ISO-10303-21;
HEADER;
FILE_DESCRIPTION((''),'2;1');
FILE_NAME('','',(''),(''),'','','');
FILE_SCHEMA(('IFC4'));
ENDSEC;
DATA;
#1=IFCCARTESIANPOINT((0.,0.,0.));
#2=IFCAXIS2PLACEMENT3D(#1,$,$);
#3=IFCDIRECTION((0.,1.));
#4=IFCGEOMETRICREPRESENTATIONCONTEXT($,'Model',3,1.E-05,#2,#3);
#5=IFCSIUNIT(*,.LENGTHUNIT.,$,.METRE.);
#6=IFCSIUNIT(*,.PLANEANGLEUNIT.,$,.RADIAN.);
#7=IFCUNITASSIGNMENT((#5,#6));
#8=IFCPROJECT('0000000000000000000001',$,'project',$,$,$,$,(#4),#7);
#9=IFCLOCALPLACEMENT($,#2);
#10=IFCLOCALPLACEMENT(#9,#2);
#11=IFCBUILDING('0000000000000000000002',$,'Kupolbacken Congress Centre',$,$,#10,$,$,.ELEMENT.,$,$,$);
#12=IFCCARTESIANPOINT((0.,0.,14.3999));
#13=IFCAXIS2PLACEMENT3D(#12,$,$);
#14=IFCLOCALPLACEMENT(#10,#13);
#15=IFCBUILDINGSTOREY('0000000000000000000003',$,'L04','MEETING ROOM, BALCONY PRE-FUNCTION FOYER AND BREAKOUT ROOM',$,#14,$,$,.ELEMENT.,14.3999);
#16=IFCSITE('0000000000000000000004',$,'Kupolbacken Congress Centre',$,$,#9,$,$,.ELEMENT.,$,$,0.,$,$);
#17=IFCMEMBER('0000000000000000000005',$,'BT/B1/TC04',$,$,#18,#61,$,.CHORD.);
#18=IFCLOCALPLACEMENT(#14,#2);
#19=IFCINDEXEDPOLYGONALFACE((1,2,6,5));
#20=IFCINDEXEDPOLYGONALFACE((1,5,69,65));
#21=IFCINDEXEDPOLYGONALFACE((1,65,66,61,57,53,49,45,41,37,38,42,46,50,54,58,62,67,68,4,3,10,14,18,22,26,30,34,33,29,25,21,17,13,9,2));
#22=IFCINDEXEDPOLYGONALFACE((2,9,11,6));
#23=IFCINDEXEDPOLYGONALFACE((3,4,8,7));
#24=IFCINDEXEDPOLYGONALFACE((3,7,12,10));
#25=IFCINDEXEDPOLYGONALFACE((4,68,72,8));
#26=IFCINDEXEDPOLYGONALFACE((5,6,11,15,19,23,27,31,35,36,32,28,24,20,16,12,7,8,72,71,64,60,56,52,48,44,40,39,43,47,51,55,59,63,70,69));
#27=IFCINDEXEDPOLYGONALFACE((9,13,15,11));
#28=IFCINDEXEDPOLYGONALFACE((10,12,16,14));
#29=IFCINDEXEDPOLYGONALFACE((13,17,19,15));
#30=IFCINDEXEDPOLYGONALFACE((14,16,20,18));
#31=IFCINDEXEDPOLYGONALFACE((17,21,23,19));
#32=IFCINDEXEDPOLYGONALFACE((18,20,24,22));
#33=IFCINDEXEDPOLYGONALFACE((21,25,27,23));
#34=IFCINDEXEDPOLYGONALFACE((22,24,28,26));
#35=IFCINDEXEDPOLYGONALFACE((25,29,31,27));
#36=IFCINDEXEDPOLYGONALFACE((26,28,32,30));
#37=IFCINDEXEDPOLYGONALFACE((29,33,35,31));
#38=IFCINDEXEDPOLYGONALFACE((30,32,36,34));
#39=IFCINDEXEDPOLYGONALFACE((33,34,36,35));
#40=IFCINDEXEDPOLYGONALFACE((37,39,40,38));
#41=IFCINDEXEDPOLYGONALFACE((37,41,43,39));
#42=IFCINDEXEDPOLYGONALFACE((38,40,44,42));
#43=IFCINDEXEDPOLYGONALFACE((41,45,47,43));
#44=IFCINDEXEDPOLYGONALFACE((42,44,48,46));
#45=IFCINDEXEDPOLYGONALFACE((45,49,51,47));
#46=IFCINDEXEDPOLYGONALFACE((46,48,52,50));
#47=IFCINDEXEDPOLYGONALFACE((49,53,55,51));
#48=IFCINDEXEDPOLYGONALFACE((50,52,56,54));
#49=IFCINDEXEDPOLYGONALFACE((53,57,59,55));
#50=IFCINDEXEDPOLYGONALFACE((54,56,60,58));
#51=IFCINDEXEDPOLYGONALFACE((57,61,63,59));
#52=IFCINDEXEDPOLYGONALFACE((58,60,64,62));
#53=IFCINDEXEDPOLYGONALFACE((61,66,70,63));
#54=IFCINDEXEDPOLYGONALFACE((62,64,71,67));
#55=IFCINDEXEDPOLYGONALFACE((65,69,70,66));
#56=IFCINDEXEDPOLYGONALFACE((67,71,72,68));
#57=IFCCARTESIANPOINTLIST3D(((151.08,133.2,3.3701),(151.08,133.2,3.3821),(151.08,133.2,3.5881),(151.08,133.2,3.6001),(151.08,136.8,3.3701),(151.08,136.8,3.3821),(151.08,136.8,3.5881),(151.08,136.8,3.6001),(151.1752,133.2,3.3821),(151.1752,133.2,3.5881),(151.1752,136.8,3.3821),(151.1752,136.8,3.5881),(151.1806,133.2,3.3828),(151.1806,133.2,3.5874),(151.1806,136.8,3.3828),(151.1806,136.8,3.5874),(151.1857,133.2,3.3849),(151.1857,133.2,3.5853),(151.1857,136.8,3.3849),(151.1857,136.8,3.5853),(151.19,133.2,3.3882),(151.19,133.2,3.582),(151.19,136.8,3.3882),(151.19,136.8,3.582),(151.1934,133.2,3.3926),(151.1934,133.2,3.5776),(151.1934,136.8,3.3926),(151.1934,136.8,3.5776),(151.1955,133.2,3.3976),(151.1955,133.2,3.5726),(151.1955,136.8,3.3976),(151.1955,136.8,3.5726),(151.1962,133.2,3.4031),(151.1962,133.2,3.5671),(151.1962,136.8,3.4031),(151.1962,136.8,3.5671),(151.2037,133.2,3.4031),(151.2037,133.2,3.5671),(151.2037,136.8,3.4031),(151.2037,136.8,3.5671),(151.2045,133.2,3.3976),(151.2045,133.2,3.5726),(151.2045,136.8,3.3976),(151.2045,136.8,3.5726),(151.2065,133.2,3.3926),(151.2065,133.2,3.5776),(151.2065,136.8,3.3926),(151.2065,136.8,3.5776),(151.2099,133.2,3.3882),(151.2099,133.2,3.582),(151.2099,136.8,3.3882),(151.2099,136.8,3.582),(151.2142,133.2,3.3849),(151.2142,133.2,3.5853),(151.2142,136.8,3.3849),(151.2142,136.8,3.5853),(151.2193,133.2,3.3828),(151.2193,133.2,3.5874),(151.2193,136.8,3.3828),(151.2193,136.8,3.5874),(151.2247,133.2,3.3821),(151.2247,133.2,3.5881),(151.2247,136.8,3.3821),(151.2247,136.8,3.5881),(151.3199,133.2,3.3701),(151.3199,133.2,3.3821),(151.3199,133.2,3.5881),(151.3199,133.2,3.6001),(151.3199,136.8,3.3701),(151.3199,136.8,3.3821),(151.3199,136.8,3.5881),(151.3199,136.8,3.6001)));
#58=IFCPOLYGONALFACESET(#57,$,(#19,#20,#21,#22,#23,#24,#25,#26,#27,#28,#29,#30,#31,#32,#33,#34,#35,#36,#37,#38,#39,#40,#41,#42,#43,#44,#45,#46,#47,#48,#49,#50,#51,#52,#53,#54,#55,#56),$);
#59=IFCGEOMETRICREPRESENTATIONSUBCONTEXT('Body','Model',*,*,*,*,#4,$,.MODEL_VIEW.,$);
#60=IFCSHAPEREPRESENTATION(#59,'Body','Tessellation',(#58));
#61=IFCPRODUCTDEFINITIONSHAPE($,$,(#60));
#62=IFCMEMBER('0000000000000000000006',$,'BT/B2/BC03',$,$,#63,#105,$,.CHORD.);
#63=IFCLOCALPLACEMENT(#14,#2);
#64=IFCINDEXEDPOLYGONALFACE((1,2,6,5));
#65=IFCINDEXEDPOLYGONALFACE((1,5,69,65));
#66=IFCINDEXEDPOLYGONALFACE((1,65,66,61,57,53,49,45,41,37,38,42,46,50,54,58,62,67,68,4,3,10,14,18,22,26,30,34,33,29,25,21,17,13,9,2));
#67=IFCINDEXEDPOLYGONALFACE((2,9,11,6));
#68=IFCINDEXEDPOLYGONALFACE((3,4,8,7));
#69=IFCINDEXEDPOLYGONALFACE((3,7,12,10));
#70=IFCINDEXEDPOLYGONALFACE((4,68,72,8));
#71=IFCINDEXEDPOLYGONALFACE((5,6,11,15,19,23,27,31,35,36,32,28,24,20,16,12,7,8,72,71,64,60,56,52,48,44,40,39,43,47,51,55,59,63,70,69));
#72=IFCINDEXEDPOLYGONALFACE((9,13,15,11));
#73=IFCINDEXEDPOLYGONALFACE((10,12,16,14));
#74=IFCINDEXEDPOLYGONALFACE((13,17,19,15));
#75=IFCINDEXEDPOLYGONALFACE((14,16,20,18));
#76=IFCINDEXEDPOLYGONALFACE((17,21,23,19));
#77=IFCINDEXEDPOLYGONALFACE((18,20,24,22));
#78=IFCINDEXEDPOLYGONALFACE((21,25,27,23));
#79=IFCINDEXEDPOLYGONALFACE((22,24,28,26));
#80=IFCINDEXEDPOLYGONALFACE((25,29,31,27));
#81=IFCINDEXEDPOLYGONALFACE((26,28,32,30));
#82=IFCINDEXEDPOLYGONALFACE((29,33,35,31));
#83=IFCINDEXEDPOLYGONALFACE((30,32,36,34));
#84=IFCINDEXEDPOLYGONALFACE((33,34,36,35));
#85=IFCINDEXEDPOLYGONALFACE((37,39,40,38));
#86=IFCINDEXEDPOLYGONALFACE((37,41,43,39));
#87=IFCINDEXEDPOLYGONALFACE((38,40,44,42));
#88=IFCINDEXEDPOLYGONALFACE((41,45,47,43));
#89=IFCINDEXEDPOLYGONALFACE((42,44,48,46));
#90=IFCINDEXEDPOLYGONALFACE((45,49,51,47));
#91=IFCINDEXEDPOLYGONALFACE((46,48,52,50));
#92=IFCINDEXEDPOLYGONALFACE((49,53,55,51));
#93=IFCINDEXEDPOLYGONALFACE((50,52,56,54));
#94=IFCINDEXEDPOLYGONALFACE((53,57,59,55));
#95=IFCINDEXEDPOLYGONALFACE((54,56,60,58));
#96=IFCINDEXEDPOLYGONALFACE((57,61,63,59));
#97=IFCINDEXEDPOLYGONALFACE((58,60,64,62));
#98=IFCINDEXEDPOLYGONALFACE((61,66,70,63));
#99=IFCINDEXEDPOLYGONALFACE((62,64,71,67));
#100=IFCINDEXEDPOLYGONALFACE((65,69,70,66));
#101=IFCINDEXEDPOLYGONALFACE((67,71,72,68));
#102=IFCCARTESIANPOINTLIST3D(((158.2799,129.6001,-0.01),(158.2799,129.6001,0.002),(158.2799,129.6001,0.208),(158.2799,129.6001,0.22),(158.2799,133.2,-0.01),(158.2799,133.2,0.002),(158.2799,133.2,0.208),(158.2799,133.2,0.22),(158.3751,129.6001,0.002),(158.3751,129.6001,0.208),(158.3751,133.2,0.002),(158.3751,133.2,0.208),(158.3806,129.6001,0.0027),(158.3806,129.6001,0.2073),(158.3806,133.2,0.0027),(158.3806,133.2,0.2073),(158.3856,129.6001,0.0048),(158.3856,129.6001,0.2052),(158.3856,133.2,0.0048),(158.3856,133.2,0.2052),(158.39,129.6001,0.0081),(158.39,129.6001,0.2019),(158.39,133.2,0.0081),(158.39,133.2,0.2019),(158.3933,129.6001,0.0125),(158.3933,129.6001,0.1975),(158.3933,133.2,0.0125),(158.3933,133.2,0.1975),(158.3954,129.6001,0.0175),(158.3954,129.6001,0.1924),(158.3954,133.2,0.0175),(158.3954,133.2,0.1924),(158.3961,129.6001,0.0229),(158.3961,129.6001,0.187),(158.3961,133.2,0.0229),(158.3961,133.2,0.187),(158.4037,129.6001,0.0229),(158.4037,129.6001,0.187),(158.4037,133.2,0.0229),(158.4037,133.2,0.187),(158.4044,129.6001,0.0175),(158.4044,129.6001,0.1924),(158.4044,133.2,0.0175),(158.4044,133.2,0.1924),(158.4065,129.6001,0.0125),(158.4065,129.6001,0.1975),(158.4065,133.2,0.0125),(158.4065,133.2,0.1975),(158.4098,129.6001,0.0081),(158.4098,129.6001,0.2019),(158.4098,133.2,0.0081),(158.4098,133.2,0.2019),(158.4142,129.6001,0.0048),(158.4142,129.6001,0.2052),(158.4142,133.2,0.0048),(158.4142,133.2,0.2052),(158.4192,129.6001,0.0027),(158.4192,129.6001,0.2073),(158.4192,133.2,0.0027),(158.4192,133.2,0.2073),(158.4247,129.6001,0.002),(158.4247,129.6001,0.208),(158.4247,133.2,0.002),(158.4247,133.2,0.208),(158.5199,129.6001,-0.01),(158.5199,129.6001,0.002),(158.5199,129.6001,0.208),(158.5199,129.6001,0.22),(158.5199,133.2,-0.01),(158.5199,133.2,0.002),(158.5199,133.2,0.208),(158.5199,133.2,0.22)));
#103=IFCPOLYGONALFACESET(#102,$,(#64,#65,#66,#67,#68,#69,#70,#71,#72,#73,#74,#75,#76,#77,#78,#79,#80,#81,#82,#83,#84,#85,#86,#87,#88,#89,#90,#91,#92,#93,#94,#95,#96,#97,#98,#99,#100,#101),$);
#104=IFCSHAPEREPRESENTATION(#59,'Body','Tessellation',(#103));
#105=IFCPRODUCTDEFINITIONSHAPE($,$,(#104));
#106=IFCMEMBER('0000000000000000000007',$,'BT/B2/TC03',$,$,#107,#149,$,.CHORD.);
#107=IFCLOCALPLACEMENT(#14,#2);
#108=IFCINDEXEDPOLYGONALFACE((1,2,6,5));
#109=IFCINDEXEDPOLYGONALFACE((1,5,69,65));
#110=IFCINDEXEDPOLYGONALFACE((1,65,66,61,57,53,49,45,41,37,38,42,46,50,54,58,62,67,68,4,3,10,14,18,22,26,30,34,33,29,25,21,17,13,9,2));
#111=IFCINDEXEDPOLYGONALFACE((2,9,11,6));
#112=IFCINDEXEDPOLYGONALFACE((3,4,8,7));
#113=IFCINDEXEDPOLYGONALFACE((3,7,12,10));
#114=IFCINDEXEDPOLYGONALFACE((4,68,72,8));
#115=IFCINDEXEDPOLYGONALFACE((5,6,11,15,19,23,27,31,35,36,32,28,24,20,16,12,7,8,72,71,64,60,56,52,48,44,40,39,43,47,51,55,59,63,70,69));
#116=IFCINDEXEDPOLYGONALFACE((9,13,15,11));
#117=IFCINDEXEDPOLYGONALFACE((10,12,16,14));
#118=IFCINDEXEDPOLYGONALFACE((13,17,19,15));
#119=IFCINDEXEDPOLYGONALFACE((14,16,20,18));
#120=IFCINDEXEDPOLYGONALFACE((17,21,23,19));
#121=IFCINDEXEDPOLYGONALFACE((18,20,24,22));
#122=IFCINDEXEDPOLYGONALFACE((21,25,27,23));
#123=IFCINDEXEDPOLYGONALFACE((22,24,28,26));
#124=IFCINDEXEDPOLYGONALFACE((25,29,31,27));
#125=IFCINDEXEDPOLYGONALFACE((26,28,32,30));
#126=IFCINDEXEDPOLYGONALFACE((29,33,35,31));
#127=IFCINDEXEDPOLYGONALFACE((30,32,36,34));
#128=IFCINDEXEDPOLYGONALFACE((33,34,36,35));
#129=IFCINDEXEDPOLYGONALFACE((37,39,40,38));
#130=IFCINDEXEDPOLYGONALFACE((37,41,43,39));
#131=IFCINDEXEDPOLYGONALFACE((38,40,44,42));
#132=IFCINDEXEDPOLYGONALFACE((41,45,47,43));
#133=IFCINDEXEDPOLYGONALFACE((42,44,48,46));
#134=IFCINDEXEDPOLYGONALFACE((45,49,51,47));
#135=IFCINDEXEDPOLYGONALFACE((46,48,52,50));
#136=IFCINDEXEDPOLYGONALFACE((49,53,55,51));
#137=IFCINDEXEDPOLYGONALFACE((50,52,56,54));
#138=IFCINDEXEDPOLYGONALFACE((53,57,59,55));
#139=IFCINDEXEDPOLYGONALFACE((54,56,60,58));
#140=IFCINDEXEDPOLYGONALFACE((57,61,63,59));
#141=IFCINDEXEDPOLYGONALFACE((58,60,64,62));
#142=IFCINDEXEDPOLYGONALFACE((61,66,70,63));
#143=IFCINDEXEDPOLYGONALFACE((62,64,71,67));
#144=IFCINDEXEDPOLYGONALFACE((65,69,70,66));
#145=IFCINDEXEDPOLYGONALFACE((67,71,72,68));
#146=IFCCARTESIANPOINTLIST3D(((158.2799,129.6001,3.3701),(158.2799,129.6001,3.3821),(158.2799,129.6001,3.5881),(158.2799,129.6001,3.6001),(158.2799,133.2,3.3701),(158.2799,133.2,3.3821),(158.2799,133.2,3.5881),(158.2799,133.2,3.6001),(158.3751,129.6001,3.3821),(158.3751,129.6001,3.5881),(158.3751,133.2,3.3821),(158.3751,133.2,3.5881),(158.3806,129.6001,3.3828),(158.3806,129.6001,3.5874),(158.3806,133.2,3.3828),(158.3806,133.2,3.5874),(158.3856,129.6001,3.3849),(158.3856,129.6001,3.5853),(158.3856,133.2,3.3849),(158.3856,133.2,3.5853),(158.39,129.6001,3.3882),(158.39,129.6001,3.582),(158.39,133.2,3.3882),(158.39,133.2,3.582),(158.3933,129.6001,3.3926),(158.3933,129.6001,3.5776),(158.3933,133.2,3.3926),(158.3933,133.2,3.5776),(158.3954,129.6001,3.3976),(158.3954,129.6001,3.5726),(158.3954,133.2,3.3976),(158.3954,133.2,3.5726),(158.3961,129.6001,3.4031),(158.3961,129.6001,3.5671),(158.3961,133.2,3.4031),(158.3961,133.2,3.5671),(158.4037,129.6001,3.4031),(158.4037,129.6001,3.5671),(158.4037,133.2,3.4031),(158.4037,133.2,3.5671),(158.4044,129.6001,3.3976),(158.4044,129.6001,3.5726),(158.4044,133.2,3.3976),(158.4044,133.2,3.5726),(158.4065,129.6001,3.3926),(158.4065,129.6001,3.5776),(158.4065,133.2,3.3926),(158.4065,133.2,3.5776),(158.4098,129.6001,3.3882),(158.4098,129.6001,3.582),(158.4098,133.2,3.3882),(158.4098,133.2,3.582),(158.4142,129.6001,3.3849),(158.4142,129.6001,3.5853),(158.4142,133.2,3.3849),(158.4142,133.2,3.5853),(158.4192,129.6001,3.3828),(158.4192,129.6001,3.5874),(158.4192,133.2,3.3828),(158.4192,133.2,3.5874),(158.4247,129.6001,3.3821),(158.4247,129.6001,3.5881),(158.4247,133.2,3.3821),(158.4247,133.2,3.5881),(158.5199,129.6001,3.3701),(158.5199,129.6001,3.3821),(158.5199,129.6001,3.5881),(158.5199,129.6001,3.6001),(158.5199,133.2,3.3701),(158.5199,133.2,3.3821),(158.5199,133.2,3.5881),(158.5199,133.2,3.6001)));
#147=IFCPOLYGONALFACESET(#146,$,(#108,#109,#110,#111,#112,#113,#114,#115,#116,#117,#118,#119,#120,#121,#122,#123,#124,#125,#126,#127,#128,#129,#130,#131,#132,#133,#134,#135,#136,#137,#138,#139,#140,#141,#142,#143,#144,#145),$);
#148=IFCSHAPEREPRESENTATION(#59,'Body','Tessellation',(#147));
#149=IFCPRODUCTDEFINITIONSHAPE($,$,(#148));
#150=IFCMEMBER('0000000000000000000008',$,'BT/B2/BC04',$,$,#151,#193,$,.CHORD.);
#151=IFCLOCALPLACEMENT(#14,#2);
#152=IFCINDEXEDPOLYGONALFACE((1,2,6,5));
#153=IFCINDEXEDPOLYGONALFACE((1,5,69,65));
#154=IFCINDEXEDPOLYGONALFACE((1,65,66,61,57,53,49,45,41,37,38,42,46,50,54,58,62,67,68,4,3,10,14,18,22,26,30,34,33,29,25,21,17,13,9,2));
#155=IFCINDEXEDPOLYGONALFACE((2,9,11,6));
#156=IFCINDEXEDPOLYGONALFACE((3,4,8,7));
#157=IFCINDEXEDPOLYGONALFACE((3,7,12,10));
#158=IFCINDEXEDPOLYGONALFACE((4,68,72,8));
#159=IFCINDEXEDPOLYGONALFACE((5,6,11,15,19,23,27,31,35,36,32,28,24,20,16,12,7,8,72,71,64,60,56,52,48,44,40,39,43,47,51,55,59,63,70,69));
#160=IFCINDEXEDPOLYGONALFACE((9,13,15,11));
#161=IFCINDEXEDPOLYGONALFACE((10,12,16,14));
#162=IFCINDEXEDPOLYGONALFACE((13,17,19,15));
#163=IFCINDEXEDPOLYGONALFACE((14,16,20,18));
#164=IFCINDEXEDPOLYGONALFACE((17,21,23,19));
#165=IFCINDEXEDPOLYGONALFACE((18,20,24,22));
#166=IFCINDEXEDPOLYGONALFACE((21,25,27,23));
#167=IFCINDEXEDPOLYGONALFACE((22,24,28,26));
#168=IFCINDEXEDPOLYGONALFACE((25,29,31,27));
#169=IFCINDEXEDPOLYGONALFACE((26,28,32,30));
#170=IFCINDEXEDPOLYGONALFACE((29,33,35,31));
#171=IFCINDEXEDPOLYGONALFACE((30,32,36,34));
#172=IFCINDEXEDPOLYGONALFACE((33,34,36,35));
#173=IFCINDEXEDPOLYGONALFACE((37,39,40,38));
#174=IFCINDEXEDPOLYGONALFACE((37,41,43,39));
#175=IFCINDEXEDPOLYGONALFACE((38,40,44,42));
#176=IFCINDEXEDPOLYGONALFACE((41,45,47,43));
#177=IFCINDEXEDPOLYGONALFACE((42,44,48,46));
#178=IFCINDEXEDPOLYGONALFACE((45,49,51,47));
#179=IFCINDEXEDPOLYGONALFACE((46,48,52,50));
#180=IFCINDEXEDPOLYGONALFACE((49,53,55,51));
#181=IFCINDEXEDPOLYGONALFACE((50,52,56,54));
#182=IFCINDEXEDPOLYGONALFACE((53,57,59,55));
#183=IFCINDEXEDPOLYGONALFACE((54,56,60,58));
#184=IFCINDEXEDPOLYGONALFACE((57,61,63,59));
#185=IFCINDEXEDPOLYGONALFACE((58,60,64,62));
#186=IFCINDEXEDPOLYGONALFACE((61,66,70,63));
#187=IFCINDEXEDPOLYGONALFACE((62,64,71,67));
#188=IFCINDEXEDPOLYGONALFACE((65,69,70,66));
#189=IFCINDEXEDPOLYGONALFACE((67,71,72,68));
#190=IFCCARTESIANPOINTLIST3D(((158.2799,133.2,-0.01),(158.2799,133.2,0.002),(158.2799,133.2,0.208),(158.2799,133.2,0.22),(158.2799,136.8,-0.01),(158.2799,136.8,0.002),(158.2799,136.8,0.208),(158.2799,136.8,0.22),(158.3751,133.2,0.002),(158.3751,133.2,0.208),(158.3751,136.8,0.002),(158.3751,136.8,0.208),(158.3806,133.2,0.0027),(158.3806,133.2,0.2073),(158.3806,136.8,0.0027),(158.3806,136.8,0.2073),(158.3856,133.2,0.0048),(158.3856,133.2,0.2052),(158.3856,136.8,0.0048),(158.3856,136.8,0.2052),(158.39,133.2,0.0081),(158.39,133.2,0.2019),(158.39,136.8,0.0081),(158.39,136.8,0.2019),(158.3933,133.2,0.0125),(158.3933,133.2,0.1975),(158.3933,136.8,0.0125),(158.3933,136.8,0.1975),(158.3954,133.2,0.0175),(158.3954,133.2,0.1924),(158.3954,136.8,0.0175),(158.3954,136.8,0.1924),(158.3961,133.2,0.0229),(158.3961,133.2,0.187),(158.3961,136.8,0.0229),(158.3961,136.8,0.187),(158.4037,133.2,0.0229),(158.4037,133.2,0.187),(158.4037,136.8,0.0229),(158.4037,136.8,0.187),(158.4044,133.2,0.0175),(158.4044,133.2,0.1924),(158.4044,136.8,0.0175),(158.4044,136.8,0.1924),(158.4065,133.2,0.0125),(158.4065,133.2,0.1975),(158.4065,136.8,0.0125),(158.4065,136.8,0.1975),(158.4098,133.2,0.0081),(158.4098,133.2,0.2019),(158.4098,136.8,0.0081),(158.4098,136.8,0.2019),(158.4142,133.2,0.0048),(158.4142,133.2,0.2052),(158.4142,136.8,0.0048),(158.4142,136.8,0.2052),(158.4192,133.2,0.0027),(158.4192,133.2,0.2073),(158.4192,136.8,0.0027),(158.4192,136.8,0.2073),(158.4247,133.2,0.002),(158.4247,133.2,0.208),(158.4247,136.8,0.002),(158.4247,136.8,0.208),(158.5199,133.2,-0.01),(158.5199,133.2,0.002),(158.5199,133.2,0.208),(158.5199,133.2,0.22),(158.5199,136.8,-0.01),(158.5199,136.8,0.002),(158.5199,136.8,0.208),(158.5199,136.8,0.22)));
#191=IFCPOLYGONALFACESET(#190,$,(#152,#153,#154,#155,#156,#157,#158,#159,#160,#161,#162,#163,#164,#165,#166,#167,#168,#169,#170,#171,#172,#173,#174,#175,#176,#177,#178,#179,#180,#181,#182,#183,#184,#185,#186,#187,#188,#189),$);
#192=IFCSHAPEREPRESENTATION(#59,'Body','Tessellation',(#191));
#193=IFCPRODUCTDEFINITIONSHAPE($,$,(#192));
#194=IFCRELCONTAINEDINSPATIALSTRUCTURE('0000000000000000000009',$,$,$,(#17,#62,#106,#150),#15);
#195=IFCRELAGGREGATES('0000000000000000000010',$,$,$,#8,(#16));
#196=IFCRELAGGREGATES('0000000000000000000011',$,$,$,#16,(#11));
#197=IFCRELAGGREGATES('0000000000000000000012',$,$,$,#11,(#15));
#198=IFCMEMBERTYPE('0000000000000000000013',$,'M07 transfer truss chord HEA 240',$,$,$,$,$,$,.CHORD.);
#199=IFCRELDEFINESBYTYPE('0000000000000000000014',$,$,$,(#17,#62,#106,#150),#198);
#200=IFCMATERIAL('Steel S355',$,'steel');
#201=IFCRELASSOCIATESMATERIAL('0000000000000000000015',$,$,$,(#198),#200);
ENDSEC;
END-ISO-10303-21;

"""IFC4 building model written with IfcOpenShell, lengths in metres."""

from ifc_helpers import new_model, si_unit, direction, frame, origin, origin_2d, place, context, subcontext, project, spatial, i_section, extrude, material, material_profile, profile_set, type_object, element, save


model = new_model("IFC4")

# Units and contexts
model_context = context("Model", 3, precision=1e-05, world=origin(), true_north=direction((0.0, 1.0)))
body_context = subcontext(model_context, "Body", "Model", "MODEL_VIEW")
ifc_project = project(units=[si_unit("LENGTHUNIT", "METRE"), si_unit("PLANEANGLEUNIT", "RADIAN")], contexts=[model_context])

# Site, building, storey
site_placement = place(None, origin())
site = spatial("IfcSite", under=ifc_project, at=site_placement, Name="Kupolbacken Congress Centre", CompositionType="ELEMENT", RefElevation=0.0)
building_placement = place(site_placement, origin())
building = spatial("IfcBuilding", under=site, at=building_placement, Name="Kupolbacken Congress Centre", CompositionType="ELEMENT")
storey_placement = place(building_placement, frame((0.0, 0.0, 14.3999)))
storey = spatial("IfcBuildingStorey", under=building, at=storey_placement, Name="L04", Description="MEETING ROOM, BALCONY PRE-FUNCTION FOYER AND BREAKOUT ROOM", CompositionType="ELEMENT", Elevation=14.3999)

# Members
ifc_material_1 = material(Name="Steel S355", Category="steel")
ifc_material_profile_1 = material_profile(ifc_material_1, i_section(OverallWidth=0.24, OverallDepth=0.23, WebThickness=0.0076, FlangeThickness=0.012, FilletRadius=0.021, at=origin_2d()), Name="HEA 240")
ifc_profile_set_1 = profile_set([ifc_material_profile_1], Name="Steel S355")
member_type_1 = type_object("IfcMemberType", Name="M07 transfer truss chord HEA 240", PredefinedType="CHORD", material=ifc_profile_set_1)
for number, where, z_axis, x_axis, name in (
    (1, (151.2, 133.2, 3.4851), (0.0, 1.0, 0.0), (-1.0, 0.0, 0.0), "BT/B1/TC04"),
):
    element("IfcMember", number, at=place(storey_placement, frame(where, z_axis=z_axis, x_axis=x_axis)), inside=storey, type_object=member_type_1, Name=name, PredefinedType="CHORD", context=body_context, shape_type="SweptSolid", body=[
        extrude(i_section(OverallWidth=0.24, OverallDepth=0.23, WebThickness=0.0076, FlangeThickness=0.012, FilletRadius=0.021, at=origin_2d()), origin(), (0.0, 0.0, 1.0), 3.6001),
    ])
for number, where, z_axis, x_axis, name in (
    (2, (158.3999, 129.6001, 0.105), (0.0, 1.0, 0.0), (-1.0, 0.0, 0.0), "BT/B2/BC03"),
    (3, (158.3999, 129.6001, 3.4851), (0.0, 1.0, 0.0), (-1.0, 0.0, 0.0), "BT/B2/TC03"),
):
    element("IfcMember", number, at=place(storey_placement, frame(where, z_axis=z_axis, x_axis=x_axis)), inside=storey, type_object=member_type_1, Name=name, PredefinedType="CHORD", context=body_context, shape_type="SweptSolid", body=[
        extrude(i_section(OverallWidth=0.24, OverallDepth=0.23, WebThickness=0.0076, FlangeThickness=0.012, FilletRadius=0.021, at=origin_2d()), origin(), (0.0, 0.0, 1.0), 3.5999),
    ])
for number, where, z_axis, x_axis, name in (
    (4, (158.3999, 133.2, 0.105), (0.0, 1.0, 0.0), (-1.0, 0.0, 0.0), "BT/B2/BC04"),
):
    element("IfcMember", number, at=place(storey_placement, frame(where, z_axis=z_axis, x_axis=x_axis)), inside=storey, type_object=member_type_1, Name=name, PredefinedType="CHORD", context=body_context, shape_type="SweptSolid", body=[
        extrude(i_section(OverallWidth=0.24, OverallDepth=0.23, WebThickness=0.0076, FlangeThickness=0.012, FilletRadius=0.021, at=origin_2d()), origin(), (0.0, 0.0, 1.0), 3.6001),
    ])

save(model, "model.ifc")
